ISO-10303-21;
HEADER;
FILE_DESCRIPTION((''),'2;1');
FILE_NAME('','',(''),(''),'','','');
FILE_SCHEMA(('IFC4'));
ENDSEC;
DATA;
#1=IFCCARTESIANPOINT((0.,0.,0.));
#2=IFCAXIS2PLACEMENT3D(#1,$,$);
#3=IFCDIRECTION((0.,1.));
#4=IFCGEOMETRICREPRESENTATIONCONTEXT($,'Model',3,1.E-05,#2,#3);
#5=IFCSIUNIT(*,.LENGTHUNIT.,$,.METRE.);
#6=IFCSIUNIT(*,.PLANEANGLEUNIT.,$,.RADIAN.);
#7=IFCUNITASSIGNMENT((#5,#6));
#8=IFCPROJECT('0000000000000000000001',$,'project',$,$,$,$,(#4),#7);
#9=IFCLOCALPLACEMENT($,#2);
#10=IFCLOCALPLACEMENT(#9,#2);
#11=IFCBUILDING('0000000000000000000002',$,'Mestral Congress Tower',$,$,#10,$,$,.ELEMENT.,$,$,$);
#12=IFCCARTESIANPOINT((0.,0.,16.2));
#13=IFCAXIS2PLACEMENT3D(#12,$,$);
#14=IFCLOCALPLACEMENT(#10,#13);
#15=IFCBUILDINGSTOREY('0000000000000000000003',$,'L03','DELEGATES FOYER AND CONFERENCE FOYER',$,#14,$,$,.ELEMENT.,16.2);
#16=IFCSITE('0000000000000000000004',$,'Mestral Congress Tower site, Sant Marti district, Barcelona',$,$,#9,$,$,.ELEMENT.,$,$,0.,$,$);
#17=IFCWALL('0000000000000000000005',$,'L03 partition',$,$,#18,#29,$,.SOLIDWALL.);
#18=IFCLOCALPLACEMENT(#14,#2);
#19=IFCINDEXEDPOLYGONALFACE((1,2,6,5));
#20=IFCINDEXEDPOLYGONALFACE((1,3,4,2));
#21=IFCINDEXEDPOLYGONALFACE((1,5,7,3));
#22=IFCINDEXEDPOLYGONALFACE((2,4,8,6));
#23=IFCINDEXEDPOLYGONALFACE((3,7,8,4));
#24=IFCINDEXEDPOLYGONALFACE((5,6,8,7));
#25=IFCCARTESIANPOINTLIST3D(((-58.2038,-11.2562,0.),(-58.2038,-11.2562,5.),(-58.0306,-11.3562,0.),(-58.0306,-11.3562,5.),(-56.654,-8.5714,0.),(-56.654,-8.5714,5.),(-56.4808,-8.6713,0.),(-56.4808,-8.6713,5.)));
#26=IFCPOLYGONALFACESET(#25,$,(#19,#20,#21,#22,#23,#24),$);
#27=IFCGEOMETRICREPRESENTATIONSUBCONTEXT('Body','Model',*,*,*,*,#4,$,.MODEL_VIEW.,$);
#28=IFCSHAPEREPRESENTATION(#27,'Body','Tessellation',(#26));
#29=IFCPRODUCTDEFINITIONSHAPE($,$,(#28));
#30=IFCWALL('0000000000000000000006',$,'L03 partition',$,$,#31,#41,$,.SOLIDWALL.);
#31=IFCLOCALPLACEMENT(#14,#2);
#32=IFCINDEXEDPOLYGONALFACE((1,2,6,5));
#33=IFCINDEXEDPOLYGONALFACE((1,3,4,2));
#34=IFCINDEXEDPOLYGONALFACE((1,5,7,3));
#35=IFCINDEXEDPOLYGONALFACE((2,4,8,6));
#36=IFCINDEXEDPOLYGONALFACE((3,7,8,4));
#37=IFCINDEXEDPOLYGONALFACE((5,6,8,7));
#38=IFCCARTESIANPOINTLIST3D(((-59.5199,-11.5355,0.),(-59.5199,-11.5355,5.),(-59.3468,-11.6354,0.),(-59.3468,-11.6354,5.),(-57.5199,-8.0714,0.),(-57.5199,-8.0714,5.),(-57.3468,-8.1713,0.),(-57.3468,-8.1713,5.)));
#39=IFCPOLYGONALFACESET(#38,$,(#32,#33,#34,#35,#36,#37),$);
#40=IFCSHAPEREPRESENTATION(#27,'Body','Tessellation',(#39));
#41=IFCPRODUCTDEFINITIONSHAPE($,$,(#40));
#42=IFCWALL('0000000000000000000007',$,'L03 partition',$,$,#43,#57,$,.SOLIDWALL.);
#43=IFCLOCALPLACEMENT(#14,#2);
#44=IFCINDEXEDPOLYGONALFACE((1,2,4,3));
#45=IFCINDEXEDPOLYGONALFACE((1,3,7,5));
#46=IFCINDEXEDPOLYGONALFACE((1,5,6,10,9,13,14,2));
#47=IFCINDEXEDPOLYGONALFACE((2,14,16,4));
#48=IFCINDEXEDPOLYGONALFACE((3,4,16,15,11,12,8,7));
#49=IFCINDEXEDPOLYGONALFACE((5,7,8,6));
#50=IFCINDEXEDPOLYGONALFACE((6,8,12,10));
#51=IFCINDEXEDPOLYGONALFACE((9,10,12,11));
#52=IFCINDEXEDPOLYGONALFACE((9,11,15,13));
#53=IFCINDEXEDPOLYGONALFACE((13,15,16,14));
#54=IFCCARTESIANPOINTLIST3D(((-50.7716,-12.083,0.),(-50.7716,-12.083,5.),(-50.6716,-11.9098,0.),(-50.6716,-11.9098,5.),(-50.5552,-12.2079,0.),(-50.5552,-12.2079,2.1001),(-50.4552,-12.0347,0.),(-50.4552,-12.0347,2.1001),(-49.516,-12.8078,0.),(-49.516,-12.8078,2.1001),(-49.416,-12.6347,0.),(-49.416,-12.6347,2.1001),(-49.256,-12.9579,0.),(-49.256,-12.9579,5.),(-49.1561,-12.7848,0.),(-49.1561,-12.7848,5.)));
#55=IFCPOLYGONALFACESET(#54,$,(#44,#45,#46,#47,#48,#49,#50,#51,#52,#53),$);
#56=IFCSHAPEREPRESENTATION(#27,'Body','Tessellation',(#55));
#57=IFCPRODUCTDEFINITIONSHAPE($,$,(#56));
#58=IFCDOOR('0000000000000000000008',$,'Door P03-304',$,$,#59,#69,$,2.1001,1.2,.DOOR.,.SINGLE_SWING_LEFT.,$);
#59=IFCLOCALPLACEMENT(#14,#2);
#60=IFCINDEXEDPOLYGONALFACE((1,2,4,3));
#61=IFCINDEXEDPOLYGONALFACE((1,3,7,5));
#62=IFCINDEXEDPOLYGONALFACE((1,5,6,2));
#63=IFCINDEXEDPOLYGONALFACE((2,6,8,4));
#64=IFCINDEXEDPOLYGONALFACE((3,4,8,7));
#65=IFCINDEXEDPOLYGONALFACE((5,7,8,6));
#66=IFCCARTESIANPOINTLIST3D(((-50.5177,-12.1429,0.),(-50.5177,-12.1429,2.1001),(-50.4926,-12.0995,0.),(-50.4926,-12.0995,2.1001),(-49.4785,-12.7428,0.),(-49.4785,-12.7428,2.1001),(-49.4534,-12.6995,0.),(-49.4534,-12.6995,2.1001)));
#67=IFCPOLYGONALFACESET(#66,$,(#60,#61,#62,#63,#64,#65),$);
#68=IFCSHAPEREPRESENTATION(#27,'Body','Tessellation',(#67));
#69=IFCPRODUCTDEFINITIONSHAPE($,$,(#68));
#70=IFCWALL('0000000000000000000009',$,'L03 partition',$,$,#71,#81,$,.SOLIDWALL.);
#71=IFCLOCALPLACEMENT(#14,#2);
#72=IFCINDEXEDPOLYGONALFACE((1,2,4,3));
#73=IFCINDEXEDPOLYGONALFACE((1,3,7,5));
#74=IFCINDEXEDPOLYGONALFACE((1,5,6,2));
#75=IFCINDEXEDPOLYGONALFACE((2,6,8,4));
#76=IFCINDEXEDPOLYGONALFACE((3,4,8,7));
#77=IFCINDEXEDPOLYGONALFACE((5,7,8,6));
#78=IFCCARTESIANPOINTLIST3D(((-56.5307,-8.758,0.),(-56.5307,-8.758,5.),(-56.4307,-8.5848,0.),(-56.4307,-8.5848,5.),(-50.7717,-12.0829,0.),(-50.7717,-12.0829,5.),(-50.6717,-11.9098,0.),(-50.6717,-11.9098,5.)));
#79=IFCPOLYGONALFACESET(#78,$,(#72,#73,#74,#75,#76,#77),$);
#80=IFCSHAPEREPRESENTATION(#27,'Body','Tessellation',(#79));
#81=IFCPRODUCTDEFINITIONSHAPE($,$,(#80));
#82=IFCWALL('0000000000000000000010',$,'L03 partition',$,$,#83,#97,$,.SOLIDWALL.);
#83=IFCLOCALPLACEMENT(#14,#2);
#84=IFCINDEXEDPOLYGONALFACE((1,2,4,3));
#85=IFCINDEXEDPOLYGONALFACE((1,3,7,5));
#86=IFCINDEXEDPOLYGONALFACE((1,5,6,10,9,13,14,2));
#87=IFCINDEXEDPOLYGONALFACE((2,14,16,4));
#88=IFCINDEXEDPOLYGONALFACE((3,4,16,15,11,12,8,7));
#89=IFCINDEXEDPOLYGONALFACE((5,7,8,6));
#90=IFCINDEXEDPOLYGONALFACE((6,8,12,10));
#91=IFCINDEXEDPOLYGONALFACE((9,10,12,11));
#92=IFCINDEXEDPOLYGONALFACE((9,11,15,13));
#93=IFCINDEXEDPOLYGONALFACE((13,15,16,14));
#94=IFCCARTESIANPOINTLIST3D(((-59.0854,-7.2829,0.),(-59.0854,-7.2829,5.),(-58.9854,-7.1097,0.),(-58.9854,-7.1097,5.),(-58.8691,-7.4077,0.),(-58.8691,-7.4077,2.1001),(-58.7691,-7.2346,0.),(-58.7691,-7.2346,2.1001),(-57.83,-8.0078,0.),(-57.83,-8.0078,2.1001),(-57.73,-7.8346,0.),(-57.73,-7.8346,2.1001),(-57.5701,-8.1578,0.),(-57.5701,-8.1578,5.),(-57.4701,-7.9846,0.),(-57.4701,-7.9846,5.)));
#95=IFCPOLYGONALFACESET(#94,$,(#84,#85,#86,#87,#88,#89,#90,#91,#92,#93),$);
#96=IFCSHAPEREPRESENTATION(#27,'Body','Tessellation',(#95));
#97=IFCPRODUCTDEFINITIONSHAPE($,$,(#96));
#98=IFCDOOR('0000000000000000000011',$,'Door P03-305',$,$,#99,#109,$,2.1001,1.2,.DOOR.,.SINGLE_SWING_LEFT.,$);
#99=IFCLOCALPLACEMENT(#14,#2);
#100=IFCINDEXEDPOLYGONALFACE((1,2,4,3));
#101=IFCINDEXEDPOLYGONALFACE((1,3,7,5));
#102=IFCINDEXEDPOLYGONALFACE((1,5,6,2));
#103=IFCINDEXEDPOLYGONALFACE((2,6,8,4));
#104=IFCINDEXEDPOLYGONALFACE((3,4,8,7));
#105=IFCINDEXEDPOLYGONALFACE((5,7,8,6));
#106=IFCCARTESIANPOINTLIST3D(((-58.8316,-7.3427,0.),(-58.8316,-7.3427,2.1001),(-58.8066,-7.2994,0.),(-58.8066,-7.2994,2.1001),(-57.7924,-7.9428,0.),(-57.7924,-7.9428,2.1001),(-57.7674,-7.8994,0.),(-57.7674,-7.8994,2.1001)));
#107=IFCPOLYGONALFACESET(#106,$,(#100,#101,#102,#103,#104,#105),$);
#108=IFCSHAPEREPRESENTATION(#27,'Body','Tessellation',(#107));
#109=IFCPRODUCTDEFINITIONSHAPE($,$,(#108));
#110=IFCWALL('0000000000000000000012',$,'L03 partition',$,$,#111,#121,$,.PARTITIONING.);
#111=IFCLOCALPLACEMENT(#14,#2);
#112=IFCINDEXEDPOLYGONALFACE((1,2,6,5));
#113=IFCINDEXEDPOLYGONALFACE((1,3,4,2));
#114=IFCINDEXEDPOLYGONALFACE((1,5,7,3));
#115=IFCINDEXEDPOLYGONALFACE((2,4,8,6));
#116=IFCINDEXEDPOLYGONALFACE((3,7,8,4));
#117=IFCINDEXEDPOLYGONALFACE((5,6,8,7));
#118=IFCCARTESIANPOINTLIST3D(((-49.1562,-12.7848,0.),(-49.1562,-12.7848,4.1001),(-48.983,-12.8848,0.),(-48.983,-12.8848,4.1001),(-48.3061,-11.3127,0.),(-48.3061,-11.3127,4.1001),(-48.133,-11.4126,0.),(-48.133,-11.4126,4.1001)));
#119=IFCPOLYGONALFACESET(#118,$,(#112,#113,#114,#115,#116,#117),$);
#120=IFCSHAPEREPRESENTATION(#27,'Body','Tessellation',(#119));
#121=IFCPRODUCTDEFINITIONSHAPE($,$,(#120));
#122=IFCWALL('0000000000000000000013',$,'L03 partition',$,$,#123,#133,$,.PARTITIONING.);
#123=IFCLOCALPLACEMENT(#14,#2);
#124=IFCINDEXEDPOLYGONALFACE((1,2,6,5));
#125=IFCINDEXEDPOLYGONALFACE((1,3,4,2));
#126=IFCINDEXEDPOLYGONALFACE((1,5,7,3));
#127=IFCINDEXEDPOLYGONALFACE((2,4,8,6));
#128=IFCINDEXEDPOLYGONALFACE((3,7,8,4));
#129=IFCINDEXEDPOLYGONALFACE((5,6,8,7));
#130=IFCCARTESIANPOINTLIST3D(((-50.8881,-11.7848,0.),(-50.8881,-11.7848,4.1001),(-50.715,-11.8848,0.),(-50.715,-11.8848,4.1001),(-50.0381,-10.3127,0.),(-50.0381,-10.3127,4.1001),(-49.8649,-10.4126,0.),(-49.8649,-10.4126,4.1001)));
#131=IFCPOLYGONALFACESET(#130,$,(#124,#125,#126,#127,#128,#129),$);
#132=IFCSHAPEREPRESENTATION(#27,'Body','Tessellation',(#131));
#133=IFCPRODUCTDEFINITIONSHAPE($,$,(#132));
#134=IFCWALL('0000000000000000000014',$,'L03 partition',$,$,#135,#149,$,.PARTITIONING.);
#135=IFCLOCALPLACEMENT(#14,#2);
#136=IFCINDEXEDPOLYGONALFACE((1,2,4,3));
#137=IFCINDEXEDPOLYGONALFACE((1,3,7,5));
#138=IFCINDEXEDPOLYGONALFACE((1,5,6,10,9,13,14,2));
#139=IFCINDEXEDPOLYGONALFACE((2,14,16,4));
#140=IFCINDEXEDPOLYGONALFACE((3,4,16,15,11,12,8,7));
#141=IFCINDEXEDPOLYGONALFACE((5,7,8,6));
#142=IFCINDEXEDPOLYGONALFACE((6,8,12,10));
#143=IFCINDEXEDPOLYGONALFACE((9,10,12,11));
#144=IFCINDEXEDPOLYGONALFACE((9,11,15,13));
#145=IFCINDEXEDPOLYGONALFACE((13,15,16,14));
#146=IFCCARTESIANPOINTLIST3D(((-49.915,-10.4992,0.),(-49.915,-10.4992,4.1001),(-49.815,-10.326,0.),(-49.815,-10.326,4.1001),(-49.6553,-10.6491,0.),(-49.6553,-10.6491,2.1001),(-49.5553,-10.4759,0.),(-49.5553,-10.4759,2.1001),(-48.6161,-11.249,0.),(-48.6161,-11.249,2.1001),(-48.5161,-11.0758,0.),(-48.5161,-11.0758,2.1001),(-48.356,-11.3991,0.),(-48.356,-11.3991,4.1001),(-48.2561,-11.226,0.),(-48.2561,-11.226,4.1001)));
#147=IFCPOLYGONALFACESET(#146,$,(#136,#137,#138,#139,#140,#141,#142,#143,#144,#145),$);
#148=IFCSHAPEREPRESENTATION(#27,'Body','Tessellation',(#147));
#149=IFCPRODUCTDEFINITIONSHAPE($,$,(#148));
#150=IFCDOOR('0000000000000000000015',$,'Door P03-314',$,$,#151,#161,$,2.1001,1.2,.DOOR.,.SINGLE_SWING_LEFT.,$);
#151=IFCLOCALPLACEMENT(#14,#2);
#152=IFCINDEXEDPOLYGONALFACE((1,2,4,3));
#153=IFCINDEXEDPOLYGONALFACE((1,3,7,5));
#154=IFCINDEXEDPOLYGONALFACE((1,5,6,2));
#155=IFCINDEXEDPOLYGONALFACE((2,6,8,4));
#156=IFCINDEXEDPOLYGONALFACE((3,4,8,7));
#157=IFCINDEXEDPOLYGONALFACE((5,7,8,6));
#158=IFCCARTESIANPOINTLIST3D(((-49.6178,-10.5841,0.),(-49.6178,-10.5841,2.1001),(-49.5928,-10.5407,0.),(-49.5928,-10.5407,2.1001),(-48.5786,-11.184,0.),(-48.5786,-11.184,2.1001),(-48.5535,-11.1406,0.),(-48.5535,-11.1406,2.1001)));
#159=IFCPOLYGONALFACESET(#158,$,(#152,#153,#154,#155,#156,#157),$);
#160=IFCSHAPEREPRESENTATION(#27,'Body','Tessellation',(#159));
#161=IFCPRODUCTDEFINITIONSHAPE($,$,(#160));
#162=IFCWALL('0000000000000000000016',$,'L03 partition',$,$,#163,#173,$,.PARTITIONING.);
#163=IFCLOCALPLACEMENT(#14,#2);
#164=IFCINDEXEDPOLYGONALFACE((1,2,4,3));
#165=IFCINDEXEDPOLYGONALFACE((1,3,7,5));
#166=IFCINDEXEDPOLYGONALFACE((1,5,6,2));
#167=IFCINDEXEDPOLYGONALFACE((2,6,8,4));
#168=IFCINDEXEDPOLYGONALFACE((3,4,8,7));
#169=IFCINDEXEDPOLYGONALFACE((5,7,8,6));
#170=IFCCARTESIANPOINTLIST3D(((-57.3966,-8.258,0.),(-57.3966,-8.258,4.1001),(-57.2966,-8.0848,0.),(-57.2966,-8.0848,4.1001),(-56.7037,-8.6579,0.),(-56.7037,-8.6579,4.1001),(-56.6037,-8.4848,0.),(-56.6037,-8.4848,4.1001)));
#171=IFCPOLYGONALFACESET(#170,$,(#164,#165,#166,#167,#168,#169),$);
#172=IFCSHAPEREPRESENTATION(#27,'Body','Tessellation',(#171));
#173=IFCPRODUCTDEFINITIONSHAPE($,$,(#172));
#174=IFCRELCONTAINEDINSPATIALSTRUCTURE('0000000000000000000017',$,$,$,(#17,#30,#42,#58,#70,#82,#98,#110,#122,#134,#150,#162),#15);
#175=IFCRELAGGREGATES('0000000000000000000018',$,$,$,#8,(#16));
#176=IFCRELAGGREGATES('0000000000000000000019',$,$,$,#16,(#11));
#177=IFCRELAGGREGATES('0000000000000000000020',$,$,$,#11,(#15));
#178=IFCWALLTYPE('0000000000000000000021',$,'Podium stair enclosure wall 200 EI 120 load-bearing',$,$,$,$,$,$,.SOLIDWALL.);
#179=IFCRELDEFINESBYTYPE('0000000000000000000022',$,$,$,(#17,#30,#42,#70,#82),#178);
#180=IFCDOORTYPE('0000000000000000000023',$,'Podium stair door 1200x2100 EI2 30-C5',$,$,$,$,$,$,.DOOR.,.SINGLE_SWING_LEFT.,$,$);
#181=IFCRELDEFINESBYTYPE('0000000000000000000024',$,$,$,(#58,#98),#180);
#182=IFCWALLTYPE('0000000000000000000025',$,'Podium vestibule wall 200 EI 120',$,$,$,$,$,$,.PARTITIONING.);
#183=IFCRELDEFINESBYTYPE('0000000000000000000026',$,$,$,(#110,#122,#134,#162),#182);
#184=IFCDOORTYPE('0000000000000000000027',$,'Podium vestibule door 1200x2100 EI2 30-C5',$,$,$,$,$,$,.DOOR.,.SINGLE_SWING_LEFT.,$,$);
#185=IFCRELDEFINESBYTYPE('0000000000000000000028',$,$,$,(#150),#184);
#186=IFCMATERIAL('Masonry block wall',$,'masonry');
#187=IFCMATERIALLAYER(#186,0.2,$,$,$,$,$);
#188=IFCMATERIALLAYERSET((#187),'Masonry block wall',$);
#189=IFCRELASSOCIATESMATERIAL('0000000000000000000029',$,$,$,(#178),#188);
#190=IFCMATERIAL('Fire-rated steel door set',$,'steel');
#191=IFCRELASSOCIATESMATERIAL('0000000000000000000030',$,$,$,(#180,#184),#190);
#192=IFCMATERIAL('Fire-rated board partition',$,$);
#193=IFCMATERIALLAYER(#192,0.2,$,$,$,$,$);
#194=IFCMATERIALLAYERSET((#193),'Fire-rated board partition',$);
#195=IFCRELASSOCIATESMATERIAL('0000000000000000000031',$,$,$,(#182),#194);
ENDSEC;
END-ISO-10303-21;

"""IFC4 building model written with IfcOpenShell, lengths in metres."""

from ifc_helpers import new_model, si_unit, direction, frame, frame_2d, origin, place, context, subcontext, project, spatial, rectangle, extrude, material, layer, layer_set, type_object, element, fill, save


model = new_model("IFC4")

# Units and contexts
model_context = context("Model", 3, precision=1e-05, world=origin(), true_north=direction((0.0, 1.0)))
body_context = subcontext(model_context, "Body", "Model", "MODEL_VIEW")
ifc_project = project(units=[si_unit("LENGTHUNIT", "METRE"), si_unit("PLANEANGLEUNIT", "RADIAN")], contexts=[model_context])

# Site, building, storey
site_placement = place(None, origin())
site = spatial("IfcSite", under=ifc_project, at=site_placement, Name="Mestral Congress Tower site, Sant Marti district, Barcelona", CompositionType="ELEMENT", RefElevation=0.0)
building_placement = place(site_placement, origin())
building = spatial("IfcBuilding", under=site, at=building_placement, Name="Mestral Congress Tower", CompositionType="ELEMENT")
storey_placement = place(building_placement, frame((0.0, 0.0, 16.2)))
storey = spatial("IfcBuildingStorey", under=building, at=storey_placement, Name="L03", Description="DELEGATES FOYER AND CONFERENCE FOYER", CompositionType="ELEMENT", Elevation=16.2)

# Walls
ifc_material_1 = material(Name="Masonry block wall", Category="masonry")
ifc_layer_1 = layer(ifc_material_1, 0.2)
ifc_layer_set_1 = layer_set([ifc_layer_1], Name="Masonry block wall")
wall_type_1 = type_object("IfcWallType", Name="Podium stair enclosure wall 200 EI 120 load-bearing", PredefinedType="SOLIDWALL", material=ifc_layer_set_1)
wall_1_placement = place(storey_placement, frame((-56.5674, -8.6213, 0.0), z_axis=(0.0, 0.0, 1.0), x_axis=(-0.499934, -0.866064, 0.0)))
element("IfcWall", 1, at=wall_1_placement, inside=storey, type_object=wall_type_1, Name="L03 partition", PredefinedType="SOLIDWALL", context=body_context, shape_type="SweptSolid", body=[
    extrude(rectangle(XDim=3.1001, YDim=0.2, at=frame_2d((1.55, 0.0))), origin(), (0.0, 0.0, 1.0), 5.0),
])
wall_2_placement = place(storey_placement, frame((-57.4333, -8.1213, 0.0), z_axis=(0.0, 0.0, 1.0), x_axis=(-0.499999, -0.866026, 0.0)))
element("IfcWall", 2, at=wall_2_placement, inside=storey, type_object=wall_type_1, Name="L03 partition", PredefinedType="SOLIDWALL", context=body_context, shape_type="SweptSolid", body=[
    extrude(rectangle(XDim=4.0, YDim=0.2, at=frame_2d((2.0, 0.0))), origin(), (0.0, 0.0, 1.0), 5.0),
])

# Wall, opening, door
wall_3_placement = place(storey_placement, frame((-49.2061, -12.8713, 0.0), z_axis=(0.0, 0.0, 1.0), x_axis=(-0.866037, 0.49998, 0.0)))
wall_3 = element("IfcWall", 3, at=wall_3_placement, inside=storey, type_object=wall_type_1, Name="L03 partition", PredefinedType="SOLIDWALL", context=body_context, shape_type="SweptSolid", body=[
    extrude(rectangle(XDim=1.75, YDim=0.2, at=frame_2d((0.875, 0.0))), origin(), (0.0, 0.0, 1.0), 5.0),
])
opening_1_placement = place(wall_3_placement, frame((0.3, 0.0, 0.0)))
opening_1 = element("IfcOpeningElement", 4, at=opening_1_placement, cuts=wall_3, PredefinedType="OPENING", context=body_context, shape_type="SweptSolid", body=[
    extrude(rectangle(XDim=1.2, YDim=2.1001, at=frame_2d((0.6001, 1.05))), frame((0.0, 0.1099, 0.0), z_axis=(0.0, -1.0, 0.0), x_axis=(1.0, 0.0, 0.0)), (0.0, 0.0, 1.0), 0.22),
])
ifc_material_2 = material(Name="Fire-rated steel door set", Category="steel")
door_type_1 = type_object("IfcDoorType", Name="Podium stair door 1200x2100 EI2 30-C5", OperationType="SINGLE_SWING_LEFT", PredefinedType="DOOR", material=ifc_material_2)
door_1_placement = place(opening_1_placement, origin())
door_1 = element("IfcDoor", 5, at=door_1_placement, inside=storey, type_object=door_type_1, Name="Door P03-304", OperationType="SINGLE_SWING_LEFT", OverallHeight=2.1001, OverallWidth=1.2, PredefinedType="DOOR", context=body_context, shape_type="SweptSolid", body=[
    extrude(rectangle(XDim=1.2, YDim=2.1001, at=frame_2d((0.6001, 1.05))), frame((0.0, 0.0249, 0.0), z_axis=(0.0, -1.0, 0.0), x_axis=(1.0, 0.0, 0.0)), (0.0, 0.0, 1.0), 0.05),
])
fill(opening_1, door_1)

# Wall
wall_4_placement = place(storey_placement, frame((-50.7217, -11.9963, 0.0), z_axis=(0.0, 0.0, 1.0), x_axis=(-0.866027, 0.499997, 0.0)))
element("IfcWall", 6, at=wall_4_placement, inside=storey, type_object=wall_type_1, Name="L03 partition", PredefinedType="SOLIDWALL", context=body_context, shape_type="SweptSolid", body=[
    extrude(rectangle(XDim=6.6499, YDim=0.2, at=frame_2d((3.325, 0.0))), origin(), (0.0, 0.0, 1.0), 5.0),
])

# Wall, opening, door
wall_5_placement = place(storey_placement, frame((-57.52, -8.0713, 0.0), z_axis=(0.0, 0.0, 1.0), x_axis=(-0.866002, 0.50004, 0.0)))
wall_5 = element("IfcWall", 7, at=wall_5_placement, inside=storey, type_object=wall_type_1, Name="L03 partition", PredefinedType="SOLIDWALL", context=body_context, shape_type="SweptSolid", body=[
    extrude(rectangle(XDim=1.7498, YDim=0.2, at=frame_2d((0.875, 0.0))), origin(), (0.0, 0.0, 1.0), 5.0),
])
opening_2_placement = place(wall_5_placement, frame((0.3, 0.0, 0.0)))
opening_2 = element("IfcOpeningElement", 8, at=opening_2_placement, cuts=wall_5, PredefinedType="OPENING", context=body_context, shape_type="SweptSolid", body=[
    extrude(rectangle(XDim=1.2, YDim=2.1001, at=frame_2d((0.6001, 1.05))), frame((0.0, 0.1099, 0.0), z_axis=(0.0, -1.0, 0.0), x_axis=(1.0, 0.0, 0.0)), (0.0, 0.0, 1.0), 0.22),
])
door_2_placement = place(opening_2_placement, origin())
door_2 = element("IfcDoor", 9, at=door_2_placement, inside=storey, type_object=door_type_1, Name="Door P03-305", OperationType="SINGLE_SWING_LEFT", OverallHeight=2.1001, OverallWidth=1.2, PredefinedType="DOOR", context=body_context, shape_type="SweptSolid", body=[
    extrude(rectangle(XDim=1.2, YDim=2.1001, at=frame_2d((0.6001, 1.05))), frame((0.0, 0.0249, 0.0), z_axis=(0.0, -1.0, 0.0), x_axis=(1.0, 0.0, 0.0)), (0.0, 0.0, 1.0), 0.05),
])
fill(opening_2, door_2)

# Walls
ifc_material_3 = material(Name="Fire-rated board partition")
ifc_layer_2 = layer(ifc_material_3, 0.2)
ifc_layer_set_2 = layer_set([ifc_layer_2], Name="Fire-rated board partition")
wall_type_2 = type_object("IfcWallType", Name="Podium vestibule wall 200 EI 120", PredefinedType="PARTITIONING", material=ifc_layer_set_2)
for number, where, z_axis, x_axis, name in (
    (10, (-48.2195, -11.3625, 0.0), (0.0, 0.0, 1.0), (-0.500062, -0.865989, 0.0), "L03 partition"),
    (11, (-49.9514, -10.3625, 0.0), (0.0, 0.0, 1.0), (-0.500062, -0.865989, 0.0), "L03 partition"),
):
    element("IfcWall", number, at=place(storey_placement, frame(where, z_axis=z_axis, x_axis=x_axis)), inside=storey, type_object=wall_type_2, Name=name, PredefinedType="PARTITIONING", context=body_context, shape_type="SweptSolid", body=[
        extrude(rectangle(XDim=1.7, YDim=0.2, at=frame_2d((0.8501, 0.0))), origin(), (0.0, 0.0, 1.0), 4.1001),
    ])

# Wall, opening, door
wall_6_placement = place(storey_placement, frame((-48.3062, -11.3125, 0.0), z_axis=(0.0, 0.0, 1.0), x_axis=(-0.866048, 0.499961, 0.0)))
wall_6 = element("IfcWall", 12, at=wall_6_placement, inside=storey, type_object=wall_type_2, Name="L03 partition", PredefinedType="PARTITIONING", context=body_context, shape_type="SweptSolid", body=[
    extrude(rectangle(XDim=1.8, YDim=0.2, at=frame_2d((0.8999, 0.0))), origin(), (0.0, 0.0, 1.0), 4.1001),
])
opening_3_placement = place(wall_6_placement, frame((0.3, 0.0, 0.0)))
opening_3 = element("IfcOpeningElement", 13, at=opening_3_placement, cuts=wall_6, PredefinedType="OPENING", context=body_context, shape_type="SweptSolid", body=[
    extrude(rectangle(XDim=1.2, YDim=2.1001, at=frame_2d((0.6001, 1.05))), frame((0.0, 0.1099, 0.0), z_axis=(0.0, -1.0, 0.0), x_axis=(1.0, 0.0, 0.0)), (0.0, 0.0, 1.0), 0.22),
])
door_type_2 = type_object("IfcDoorType", Name="Podium vestibule door 1200x2100 EI2 30-C5", OperationType="SINGLE_SWING_LEFT", PredefinedType="DOOR", material=ifc_material_2)
door_3_placement = place(opening_3_placement, origin())
door_3 = element("IfcDoor", 14, at=door_3_placement, inside=storey, type_object=door_type_2, Name="Door P03-314", OperationType="SINGLE_SWING_LEFT", OverallHeight=2.1001, OverallWidth=1.2, PredefinedType="DOOR", context=body_context, shape_type="SweptSolid", body=[
    extrude(rectangle(XDim=1.2, YDim=2.1001, at=frame_2d((0.6001, 1.05))), frame((0.0, 0.0249, 0.0), z_axis=(0.0, -1.0, 0.0), x_axis=(1.0, 0.0, 0.0)), (0.0, 0.0, 1.0), 0.05),
])
fill(opening_3, door_3)

# Wall
wall_7_placement = place(storey_placement, frame((-56.6538, -8.5713, 0.0), z_axis=(0.0, 0.0, 1.0), x_axis=(-0.866094, 0.499881, 0.0)))
element("IfcWall", 15, at=wall_7_placement, inside=storey, type_object=wall_type_2, Name="L03 partition", PredefinedType="PARTITIONING", context=body_context, shape_type="SweptSolid", body=[
    extrude(rectangle(XDim=0.8, YDim=0.2, at=frame_2d((0.3999, 0.0))), origin(), (0.0, 0.0, 1.0), 4.1001),
])

save(model, "model.ifc")
